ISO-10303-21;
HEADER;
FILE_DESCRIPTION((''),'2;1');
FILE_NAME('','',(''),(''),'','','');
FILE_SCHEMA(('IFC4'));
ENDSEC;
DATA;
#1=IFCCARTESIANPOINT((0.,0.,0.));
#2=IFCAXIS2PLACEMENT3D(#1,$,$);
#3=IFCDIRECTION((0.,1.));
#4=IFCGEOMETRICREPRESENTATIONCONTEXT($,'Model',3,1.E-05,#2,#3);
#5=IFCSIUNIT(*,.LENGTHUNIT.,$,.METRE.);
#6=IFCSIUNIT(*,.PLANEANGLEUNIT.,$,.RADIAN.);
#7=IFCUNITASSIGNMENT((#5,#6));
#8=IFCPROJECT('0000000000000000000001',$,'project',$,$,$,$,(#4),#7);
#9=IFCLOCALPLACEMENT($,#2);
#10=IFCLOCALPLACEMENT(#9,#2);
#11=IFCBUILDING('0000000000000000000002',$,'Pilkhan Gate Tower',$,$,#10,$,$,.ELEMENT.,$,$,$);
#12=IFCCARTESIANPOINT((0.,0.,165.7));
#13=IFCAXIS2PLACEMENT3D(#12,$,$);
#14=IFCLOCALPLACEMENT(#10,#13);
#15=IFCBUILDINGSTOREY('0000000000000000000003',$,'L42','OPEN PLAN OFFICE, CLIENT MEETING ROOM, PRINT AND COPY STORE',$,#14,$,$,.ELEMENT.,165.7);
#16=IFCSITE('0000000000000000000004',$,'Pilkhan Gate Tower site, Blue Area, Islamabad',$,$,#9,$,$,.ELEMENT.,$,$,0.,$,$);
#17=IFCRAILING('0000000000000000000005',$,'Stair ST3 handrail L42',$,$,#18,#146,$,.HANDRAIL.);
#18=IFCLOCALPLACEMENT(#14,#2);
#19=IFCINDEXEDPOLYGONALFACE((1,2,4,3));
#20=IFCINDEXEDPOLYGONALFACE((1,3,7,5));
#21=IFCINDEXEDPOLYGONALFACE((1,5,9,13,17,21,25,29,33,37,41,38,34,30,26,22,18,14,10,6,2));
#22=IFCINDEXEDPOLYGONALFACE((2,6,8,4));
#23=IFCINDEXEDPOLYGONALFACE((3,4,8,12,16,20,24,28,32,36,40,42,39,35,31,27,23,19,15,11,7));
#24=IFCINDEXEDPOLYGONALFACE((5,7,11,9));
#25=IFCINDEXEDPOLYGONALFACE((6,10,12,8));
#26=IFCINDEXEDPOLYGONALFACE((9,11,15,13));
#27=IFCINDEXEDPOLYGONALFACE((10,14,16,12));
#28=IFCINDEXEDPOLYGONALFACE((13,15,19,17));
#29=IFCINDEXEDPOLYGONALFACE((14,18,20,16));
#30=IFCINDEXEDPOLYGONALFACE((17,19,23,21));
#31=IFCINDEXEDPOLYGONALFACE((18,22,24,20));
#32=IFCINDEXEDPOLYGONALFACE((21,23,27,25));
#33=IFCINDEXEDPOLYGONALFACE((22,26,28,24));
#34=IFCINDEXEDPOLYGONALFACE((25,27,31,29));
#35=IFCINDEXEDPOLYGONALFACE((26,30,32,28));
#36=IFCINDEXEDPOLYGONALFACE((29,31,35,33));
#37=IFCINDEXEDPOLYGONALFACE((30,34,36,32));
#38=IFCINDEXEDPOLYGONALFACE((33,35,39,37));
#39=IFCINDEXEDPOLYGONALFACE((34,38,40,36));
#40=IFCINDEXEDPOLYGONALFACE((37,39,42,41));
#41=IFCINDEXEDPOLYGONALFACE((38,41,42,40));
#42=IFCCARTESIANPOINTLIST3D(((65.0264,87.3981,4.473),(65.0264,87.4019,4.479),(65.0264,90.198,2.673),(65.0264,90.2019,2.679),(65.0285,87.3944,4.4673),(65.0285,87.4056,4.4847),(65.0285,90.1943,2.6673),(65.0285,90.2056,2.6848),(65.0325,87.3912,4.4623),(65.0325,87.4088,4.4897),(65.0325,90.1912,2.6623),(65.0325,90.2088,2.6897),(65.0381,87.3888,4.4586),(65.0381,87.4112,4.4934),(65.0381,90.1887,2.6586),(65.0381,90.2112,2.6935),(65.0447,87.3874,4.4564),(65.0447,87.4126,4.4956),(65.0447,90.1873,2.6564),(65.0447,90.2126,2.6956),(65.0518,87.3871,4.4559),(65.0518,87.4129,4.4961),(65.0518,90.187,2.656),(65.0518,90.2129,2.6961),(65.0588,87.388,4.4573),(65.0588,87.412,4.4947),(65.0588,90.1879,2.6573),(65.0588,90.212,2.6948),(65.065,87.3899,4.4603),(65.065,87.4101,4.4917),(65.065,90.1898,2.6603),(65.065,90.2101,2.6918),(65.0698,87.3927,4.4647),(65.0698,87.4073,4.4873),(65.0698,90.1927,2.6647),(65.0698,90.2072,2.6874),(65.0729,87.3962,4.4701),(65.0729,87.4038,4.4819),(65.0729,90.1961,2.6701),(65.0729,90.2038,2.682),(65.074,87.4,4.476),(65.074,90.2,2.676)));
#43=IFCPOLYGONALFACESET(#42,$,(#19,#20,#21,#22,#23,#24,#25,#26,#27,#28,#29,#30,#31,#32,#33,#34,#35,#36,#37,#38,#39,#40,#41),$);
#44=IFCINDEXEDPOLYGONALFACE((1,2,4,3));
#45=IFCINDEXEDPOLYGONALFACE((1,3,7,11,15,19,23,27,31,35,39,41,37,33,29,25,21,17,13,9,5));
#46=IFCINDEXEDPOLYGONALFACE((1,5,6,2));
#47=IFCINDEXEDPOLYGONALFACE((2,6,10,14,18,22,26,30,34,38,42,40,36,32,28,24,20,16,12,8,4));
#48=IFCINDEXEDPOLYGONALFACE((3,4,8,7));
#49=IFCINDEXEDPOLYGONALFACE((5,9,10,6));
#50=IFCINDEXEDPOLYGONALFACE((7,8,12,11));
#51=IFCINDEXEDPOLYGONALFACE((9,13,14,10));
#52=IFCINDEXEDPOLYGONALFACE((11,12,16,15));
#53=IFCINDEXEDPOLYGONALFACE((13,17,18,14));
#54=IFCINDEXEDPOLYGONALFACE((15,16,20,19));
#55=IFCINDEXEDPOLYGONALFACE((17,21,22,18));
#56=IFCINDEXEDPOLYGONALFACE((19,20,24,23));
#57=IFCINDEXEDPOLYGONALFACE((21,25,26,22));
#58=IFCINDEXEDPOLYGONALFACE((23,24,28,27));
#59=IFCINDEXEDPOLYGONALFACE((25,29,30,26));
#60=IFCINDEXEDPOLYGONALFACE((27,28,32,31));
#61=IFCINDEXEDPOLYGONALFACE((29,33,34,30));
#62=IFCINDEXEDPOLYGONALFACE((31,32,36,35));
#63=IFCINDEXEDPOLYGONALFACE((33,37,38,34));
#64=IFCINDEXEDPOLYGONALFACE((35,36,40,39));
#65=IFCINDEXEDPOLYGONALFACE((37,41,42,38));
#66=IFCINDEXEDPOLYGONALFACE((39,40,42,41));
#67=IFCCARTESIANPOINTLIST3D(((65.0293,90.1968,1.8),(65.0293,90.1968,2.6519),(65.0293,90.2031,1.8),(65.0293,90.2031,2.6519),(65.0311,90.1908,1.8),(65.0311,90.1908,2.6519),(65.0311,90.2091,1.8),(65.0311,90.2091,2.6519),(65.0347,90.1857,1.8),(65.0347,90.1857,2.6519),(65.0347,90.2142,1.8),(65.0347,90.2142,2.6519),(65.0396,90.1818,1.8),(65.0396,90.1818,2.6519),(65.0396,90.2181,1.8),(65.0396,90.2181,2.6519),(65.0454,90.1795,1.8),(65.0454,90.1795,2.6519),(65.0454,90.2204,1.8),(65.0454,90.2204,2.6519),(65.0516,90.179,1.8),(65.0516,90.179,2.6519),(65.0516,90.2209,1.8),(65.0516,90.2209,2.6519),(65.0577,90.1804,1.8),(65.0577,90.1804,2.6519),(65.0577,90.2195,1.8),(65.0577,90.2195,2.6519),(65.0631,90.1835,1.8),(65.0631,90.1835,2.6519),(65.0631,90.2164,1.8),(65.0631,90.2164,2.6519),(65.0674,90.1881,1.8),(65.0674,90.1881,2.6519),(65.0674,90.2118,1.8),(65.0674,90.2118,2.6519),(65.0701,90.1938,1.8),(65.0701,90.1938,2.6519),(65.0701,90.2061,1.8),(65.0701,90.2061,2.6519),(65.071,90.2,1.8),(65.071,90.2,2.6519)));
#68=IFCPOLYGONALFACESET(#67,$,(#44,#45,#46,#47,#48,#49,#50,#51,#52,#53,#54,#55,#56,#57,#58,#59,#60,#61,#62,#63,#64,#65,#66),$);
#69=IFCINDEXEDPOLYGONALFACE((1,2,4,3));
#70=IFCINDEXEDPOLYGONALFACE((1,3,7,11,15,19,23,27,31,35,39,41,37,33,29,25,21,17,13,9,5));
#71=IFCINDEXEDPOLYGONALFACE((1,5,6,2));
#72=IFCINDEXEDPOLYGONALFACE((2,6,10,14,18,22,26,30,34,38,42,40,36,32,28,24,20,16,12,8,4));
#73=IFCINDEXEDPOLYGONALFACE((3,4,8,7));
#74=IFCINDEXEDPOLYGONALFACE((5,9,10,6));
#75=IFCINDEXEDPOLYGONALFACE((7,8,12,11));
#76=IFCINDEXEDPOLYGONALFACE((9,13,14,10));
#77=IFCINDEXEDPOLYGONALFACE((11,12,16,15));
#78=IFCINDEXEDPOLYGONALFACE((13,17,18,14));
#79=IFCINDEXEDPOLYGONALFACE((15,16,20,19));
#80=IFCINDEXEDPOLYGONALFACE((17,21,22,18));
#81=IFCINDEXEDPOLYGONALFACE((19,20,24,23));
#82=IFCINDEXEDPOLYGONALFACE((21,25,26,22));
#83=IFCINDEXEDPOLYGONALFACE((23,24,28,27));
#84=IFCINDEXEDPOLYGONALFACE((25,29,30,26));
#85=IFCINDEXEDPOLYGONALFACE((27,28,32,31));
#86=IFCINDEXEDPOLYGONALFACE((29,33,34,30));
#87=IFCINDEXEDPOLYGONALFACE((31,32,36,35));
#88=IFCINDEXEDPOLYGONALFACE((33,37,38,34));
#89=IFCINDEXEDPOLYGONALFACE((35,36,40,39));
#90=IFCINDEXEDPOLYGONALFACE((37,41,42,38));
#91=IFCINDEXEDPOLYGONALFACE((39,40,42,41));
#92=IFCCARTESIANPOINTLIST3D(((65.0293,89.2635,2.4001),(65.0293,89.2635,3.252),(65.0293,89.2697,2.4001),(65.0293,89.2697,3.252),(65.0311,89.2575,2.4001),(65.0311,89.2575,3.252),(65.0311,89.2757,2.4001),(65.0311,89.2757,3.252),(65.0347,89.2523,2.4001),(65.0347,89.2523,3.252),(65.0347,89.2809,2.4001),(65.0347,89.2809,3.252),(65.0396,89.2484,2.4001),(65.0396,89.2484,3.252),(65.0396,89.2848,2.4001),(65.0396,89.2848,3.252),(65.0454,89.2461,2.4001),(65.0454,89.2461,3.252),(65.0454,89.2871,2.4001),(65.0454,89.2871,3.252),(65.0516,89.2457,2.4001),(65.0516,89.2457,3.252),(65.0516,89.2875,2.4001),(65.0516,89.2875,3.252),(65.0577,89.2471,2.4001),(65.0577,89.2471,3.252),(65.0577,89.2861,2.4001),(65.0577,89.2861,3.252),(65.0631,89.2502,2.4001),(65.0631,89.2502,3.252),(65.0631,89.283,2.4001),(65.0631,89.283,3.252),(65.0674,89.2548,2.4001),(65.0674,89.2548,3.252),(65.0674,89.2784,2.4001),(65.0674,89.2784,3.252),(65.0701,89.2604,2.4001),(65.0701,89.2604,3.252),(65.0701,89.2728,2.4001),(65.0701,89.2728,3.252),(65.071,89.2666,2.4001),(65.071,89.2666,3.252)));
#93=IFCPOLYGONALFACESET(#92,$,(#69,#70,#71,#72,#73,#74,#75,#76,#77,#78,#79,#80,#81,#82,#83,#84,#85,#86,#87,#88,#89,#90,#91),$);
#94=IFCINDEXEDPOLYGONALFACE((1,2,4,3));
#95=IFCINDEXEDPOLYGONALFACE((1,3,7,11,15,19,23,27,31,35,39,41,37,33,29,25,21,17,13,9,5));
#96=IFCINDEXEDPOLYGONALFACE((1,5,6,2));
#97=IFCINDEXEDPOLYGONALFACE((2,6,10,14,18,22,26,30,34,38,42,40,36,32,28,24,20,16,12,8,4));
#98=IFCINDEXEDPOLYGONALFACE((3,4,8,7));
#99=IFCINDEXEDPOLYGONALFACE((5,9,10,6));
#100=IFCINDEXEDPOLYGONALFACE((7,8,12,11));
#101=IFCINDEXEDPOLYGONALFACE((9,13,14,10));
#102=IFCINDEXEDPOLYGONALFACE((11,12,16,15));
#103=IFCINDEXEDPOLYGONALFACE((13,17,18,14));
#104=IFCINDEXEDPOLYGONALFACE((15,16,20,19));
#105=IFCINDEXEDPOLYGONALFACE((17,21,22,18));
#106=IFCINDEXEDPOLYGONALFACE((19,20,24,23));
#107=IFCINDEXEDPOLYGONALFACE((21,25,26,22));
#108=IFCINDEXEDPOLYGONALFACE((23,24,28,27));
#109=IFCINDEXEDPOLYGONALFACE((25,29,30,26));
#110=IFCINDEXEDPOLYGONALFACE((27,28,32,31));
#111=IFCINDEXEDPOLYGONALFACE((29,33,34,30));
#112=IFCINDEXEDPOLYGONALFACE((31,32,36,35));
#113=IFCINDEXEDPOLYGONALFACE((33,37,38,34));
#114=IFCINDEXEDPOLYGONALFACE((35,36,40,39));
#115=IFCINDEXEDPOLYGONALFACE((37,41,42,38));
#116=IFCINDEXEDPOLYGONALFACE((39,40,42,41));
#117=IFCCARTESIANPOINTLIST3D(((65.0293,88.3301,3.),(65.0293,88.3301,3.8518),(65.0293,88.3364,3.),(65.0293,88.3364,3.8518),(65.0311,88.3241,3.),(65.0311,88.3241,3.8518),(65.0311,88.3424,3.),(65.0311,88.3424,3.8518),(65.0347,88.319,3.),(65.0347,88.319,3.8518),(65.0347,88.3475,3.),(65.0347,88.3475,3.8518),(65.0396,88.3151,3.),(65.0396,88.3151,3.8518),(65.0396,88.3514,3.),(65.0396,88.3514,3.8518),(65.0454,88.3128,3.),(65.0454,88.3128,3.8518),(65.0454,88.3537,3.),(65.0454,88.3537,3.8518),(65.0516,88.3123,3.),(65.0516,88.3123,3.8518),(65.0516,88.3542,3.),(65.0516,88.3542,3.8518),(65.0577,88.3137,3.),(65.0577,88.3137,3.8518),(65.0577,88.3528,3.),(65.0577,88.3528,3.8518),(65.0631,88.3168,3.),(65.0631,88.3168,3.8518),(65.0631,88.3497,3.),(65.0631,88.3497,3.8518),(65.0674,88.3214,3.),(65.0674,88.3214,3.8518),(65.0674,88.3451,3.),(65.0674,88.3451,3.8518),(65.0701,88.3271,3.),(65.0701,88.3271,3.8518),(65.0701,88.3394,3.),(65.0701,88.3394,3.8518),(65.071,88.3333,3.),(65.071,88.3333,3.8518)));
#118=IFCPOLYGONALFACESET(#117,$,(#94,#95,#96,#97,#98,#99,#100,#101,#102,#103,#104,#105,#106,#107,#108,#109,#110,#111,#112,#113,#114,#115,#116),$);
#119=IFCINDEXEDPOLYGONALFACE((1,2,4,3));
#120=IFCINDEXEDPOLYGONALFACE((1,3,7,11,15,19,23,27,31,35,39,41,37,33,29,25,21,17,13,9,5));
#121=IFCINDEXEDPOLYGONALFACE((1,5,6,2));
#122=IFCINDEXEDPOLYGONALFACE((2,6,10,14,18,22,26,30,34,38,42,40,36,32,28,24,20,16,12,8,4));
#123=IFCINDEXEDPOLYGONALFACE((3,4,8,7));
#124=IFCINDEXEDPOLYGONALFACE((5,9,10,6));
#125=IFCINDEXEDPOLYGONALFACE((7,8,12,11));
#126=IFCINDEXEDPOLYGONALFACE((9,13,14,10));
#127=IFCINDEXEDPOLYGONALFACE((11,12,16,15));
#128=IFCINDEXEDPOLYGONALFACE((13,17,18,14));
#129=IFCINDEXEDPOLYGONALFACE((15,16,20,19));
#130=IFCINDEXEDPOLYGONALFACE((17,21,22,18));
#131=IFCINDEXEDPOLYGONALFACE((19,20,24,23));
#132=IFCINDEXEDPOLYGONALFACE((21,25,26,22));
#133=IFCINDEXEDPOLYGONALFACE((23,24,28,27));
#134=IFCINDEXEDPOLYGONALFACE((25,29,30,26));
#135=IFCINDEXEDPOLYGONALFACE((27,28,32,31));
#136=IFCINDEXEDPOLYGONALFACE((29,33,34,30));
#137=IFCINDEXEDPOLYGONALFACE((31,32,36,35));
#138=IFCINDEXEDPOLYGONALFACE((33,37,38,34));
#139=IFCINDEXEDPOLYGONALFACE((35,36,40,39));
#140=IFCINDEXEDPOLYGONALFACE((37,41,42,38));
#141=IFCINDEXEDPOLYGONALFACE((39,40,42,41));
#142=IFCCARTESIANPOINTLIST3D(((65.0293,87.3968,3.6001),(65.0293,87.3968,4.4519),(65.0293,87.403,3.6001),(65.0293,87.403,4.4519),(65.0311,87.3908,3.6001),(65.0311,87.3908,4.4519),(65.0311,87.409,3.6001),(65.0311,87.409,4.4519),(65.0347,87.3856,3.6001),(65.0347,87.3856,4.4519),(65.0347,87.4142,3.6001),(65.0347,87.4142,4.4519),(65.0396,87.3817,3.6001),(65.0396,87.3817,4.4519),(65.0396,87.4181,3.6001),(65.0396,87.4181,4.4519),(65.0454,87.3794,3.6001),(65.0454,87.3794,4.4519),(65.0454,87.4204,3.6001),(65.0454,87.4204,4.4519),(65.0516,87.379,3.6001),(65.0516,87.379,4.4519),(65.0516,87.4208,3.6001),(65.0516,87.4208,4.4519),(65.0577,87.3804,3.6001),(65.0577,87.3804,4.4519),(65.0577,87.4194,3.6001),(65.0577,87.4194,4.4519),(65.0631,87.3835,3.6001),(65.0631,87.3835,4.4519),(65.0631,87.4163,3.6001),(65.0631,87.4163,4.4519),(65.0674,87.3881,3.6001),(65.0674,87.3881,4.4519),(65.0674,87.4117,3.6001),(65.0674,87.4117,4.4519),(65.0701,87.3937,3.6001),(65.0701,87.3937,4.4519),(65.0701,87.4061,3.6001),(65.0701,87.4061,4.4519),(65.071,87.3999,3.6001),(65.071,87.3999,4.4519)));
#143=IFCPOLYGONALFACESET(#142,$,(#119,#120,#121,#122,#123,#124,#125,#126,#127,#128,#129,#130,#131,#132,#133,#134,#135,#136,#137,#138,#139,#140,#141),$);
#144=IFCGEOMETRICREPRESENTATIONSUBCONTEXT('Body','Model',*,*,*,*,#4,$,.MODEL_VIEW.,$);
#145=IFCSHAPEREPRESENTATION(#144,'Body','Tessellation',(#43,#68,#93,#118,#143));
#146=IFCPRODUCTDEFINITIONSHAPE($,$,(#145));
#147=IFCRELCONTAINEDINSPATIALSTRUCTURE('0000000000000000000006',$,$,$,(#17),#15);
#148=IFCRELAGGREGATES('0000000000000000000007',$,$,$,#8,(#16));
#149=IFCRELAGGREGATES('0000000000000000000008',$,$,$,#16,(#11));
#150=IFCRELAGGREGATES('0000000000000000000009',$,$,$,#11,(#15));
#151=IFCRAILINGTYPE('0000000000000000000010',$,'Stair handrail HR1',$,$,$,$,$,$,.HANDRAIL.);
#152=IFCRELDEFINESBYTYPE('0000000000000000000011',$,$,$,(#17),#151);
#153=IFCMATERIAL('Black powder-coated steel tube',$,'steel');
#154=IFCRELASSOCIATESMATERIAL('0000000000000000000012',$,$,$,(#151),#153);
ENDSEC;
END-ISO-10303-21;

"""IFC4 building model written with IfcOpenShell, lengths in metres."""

from ifc_helpers import new_model, si_unit, direction, frame, origin, origin_2d, place, context, subcontext, project, spatial, circle, extrude, material, type_object, element, save


model = new_model("IFC4")

# Units and contexts
model_context = context("Model", 3, precision=1e-05, world=origin(), true_north=direction((0.0, 1.0)))
body_context = subcontext(model_context, "Body", "Model", "MODEL_VIEW")
ifc_project = project(units=[si_unit("LENGTHUNIT", "METRE"), si_unit("PLANEANGLEUNIT", "RADIAN")], contexts=[model_context])

# Site, building, storey
site_placement = place(None, origin())
site = spatial("IfcSite", under=ifc_project, at=site_placement, Name="Pilkhan Gate Tower site, Blue Area, Islamabad", CompositionType="ELEMENT", RefElevation=0.0)
building_placement = place(site_placement, origin())
building = spatial("IfcBuilding", under=site, at=building_placement, Name="Pilkhan Gate Tower", CompositionType="ELEMENT")
storey_placement = place(building_placement, frame((0.0, 0.0, 165.7)))
storey = spatial("IfcBuildingStorey", under=building, at=storey_placement, Name="L42", Description="OPEN PLAN OFFICE, CLIENT MEETING ROOM, PRINT AND COPY STORE", CompositionType="ELEMENT", Elevation=165.7)

# Railing
ifc_material_1 = material(Name="Black powder-coated steel tube", Category="steel")
railing_type_1 = type_object("IfcRailingType", Name="Stair handrail HR1", PredefinedType="HANDRAIL", material=ifc_material_1)
railing_1_placement = place(storey_placement, frame((65.05, 90.2, 1.8)))
element("IfcRailing", 1, at=railing_1_placement, inside=storey, type_object=railing_type_1, Name="Stair ST3 handrail L42", PredefinedType="HANDRAIL", context=body_context, shape_type="SweptSolid", body=[
    extrude(circle(Radius=0.0239, at=origin_2d()), frame((0.0, 0.0, 0.876), z_axis=(0.0, -0.841176, 0.540761), x_axis=(1.0, 0.0, 0.0)), (0.0, 0.0, 1.0), 3.3286),
    extrude(circle(Radius=0.021, at=origin_2d()), origin(), (0.0, 0.0, 1.0), 0.8518),
    extrude(circle(Radius=0.021, at=origin_2d()), frame((0.0, -0.9333, 0.6001)), (0.0, 0.0, 1.0), 0.8518),
    extrude(circle(Radius=0.021, at=origin_2d()), frame((0.0, -1.8667, 1.2)), (0.0, 0.0, 1.0), 0.8518),
    extrude(circle(Radius=0.021, at=origin_2d()), frame((0.0, -2.8, 1.8)), (0.0, 0.0, 1.0), 0.8518),
])

save(model, "model.ifc")
